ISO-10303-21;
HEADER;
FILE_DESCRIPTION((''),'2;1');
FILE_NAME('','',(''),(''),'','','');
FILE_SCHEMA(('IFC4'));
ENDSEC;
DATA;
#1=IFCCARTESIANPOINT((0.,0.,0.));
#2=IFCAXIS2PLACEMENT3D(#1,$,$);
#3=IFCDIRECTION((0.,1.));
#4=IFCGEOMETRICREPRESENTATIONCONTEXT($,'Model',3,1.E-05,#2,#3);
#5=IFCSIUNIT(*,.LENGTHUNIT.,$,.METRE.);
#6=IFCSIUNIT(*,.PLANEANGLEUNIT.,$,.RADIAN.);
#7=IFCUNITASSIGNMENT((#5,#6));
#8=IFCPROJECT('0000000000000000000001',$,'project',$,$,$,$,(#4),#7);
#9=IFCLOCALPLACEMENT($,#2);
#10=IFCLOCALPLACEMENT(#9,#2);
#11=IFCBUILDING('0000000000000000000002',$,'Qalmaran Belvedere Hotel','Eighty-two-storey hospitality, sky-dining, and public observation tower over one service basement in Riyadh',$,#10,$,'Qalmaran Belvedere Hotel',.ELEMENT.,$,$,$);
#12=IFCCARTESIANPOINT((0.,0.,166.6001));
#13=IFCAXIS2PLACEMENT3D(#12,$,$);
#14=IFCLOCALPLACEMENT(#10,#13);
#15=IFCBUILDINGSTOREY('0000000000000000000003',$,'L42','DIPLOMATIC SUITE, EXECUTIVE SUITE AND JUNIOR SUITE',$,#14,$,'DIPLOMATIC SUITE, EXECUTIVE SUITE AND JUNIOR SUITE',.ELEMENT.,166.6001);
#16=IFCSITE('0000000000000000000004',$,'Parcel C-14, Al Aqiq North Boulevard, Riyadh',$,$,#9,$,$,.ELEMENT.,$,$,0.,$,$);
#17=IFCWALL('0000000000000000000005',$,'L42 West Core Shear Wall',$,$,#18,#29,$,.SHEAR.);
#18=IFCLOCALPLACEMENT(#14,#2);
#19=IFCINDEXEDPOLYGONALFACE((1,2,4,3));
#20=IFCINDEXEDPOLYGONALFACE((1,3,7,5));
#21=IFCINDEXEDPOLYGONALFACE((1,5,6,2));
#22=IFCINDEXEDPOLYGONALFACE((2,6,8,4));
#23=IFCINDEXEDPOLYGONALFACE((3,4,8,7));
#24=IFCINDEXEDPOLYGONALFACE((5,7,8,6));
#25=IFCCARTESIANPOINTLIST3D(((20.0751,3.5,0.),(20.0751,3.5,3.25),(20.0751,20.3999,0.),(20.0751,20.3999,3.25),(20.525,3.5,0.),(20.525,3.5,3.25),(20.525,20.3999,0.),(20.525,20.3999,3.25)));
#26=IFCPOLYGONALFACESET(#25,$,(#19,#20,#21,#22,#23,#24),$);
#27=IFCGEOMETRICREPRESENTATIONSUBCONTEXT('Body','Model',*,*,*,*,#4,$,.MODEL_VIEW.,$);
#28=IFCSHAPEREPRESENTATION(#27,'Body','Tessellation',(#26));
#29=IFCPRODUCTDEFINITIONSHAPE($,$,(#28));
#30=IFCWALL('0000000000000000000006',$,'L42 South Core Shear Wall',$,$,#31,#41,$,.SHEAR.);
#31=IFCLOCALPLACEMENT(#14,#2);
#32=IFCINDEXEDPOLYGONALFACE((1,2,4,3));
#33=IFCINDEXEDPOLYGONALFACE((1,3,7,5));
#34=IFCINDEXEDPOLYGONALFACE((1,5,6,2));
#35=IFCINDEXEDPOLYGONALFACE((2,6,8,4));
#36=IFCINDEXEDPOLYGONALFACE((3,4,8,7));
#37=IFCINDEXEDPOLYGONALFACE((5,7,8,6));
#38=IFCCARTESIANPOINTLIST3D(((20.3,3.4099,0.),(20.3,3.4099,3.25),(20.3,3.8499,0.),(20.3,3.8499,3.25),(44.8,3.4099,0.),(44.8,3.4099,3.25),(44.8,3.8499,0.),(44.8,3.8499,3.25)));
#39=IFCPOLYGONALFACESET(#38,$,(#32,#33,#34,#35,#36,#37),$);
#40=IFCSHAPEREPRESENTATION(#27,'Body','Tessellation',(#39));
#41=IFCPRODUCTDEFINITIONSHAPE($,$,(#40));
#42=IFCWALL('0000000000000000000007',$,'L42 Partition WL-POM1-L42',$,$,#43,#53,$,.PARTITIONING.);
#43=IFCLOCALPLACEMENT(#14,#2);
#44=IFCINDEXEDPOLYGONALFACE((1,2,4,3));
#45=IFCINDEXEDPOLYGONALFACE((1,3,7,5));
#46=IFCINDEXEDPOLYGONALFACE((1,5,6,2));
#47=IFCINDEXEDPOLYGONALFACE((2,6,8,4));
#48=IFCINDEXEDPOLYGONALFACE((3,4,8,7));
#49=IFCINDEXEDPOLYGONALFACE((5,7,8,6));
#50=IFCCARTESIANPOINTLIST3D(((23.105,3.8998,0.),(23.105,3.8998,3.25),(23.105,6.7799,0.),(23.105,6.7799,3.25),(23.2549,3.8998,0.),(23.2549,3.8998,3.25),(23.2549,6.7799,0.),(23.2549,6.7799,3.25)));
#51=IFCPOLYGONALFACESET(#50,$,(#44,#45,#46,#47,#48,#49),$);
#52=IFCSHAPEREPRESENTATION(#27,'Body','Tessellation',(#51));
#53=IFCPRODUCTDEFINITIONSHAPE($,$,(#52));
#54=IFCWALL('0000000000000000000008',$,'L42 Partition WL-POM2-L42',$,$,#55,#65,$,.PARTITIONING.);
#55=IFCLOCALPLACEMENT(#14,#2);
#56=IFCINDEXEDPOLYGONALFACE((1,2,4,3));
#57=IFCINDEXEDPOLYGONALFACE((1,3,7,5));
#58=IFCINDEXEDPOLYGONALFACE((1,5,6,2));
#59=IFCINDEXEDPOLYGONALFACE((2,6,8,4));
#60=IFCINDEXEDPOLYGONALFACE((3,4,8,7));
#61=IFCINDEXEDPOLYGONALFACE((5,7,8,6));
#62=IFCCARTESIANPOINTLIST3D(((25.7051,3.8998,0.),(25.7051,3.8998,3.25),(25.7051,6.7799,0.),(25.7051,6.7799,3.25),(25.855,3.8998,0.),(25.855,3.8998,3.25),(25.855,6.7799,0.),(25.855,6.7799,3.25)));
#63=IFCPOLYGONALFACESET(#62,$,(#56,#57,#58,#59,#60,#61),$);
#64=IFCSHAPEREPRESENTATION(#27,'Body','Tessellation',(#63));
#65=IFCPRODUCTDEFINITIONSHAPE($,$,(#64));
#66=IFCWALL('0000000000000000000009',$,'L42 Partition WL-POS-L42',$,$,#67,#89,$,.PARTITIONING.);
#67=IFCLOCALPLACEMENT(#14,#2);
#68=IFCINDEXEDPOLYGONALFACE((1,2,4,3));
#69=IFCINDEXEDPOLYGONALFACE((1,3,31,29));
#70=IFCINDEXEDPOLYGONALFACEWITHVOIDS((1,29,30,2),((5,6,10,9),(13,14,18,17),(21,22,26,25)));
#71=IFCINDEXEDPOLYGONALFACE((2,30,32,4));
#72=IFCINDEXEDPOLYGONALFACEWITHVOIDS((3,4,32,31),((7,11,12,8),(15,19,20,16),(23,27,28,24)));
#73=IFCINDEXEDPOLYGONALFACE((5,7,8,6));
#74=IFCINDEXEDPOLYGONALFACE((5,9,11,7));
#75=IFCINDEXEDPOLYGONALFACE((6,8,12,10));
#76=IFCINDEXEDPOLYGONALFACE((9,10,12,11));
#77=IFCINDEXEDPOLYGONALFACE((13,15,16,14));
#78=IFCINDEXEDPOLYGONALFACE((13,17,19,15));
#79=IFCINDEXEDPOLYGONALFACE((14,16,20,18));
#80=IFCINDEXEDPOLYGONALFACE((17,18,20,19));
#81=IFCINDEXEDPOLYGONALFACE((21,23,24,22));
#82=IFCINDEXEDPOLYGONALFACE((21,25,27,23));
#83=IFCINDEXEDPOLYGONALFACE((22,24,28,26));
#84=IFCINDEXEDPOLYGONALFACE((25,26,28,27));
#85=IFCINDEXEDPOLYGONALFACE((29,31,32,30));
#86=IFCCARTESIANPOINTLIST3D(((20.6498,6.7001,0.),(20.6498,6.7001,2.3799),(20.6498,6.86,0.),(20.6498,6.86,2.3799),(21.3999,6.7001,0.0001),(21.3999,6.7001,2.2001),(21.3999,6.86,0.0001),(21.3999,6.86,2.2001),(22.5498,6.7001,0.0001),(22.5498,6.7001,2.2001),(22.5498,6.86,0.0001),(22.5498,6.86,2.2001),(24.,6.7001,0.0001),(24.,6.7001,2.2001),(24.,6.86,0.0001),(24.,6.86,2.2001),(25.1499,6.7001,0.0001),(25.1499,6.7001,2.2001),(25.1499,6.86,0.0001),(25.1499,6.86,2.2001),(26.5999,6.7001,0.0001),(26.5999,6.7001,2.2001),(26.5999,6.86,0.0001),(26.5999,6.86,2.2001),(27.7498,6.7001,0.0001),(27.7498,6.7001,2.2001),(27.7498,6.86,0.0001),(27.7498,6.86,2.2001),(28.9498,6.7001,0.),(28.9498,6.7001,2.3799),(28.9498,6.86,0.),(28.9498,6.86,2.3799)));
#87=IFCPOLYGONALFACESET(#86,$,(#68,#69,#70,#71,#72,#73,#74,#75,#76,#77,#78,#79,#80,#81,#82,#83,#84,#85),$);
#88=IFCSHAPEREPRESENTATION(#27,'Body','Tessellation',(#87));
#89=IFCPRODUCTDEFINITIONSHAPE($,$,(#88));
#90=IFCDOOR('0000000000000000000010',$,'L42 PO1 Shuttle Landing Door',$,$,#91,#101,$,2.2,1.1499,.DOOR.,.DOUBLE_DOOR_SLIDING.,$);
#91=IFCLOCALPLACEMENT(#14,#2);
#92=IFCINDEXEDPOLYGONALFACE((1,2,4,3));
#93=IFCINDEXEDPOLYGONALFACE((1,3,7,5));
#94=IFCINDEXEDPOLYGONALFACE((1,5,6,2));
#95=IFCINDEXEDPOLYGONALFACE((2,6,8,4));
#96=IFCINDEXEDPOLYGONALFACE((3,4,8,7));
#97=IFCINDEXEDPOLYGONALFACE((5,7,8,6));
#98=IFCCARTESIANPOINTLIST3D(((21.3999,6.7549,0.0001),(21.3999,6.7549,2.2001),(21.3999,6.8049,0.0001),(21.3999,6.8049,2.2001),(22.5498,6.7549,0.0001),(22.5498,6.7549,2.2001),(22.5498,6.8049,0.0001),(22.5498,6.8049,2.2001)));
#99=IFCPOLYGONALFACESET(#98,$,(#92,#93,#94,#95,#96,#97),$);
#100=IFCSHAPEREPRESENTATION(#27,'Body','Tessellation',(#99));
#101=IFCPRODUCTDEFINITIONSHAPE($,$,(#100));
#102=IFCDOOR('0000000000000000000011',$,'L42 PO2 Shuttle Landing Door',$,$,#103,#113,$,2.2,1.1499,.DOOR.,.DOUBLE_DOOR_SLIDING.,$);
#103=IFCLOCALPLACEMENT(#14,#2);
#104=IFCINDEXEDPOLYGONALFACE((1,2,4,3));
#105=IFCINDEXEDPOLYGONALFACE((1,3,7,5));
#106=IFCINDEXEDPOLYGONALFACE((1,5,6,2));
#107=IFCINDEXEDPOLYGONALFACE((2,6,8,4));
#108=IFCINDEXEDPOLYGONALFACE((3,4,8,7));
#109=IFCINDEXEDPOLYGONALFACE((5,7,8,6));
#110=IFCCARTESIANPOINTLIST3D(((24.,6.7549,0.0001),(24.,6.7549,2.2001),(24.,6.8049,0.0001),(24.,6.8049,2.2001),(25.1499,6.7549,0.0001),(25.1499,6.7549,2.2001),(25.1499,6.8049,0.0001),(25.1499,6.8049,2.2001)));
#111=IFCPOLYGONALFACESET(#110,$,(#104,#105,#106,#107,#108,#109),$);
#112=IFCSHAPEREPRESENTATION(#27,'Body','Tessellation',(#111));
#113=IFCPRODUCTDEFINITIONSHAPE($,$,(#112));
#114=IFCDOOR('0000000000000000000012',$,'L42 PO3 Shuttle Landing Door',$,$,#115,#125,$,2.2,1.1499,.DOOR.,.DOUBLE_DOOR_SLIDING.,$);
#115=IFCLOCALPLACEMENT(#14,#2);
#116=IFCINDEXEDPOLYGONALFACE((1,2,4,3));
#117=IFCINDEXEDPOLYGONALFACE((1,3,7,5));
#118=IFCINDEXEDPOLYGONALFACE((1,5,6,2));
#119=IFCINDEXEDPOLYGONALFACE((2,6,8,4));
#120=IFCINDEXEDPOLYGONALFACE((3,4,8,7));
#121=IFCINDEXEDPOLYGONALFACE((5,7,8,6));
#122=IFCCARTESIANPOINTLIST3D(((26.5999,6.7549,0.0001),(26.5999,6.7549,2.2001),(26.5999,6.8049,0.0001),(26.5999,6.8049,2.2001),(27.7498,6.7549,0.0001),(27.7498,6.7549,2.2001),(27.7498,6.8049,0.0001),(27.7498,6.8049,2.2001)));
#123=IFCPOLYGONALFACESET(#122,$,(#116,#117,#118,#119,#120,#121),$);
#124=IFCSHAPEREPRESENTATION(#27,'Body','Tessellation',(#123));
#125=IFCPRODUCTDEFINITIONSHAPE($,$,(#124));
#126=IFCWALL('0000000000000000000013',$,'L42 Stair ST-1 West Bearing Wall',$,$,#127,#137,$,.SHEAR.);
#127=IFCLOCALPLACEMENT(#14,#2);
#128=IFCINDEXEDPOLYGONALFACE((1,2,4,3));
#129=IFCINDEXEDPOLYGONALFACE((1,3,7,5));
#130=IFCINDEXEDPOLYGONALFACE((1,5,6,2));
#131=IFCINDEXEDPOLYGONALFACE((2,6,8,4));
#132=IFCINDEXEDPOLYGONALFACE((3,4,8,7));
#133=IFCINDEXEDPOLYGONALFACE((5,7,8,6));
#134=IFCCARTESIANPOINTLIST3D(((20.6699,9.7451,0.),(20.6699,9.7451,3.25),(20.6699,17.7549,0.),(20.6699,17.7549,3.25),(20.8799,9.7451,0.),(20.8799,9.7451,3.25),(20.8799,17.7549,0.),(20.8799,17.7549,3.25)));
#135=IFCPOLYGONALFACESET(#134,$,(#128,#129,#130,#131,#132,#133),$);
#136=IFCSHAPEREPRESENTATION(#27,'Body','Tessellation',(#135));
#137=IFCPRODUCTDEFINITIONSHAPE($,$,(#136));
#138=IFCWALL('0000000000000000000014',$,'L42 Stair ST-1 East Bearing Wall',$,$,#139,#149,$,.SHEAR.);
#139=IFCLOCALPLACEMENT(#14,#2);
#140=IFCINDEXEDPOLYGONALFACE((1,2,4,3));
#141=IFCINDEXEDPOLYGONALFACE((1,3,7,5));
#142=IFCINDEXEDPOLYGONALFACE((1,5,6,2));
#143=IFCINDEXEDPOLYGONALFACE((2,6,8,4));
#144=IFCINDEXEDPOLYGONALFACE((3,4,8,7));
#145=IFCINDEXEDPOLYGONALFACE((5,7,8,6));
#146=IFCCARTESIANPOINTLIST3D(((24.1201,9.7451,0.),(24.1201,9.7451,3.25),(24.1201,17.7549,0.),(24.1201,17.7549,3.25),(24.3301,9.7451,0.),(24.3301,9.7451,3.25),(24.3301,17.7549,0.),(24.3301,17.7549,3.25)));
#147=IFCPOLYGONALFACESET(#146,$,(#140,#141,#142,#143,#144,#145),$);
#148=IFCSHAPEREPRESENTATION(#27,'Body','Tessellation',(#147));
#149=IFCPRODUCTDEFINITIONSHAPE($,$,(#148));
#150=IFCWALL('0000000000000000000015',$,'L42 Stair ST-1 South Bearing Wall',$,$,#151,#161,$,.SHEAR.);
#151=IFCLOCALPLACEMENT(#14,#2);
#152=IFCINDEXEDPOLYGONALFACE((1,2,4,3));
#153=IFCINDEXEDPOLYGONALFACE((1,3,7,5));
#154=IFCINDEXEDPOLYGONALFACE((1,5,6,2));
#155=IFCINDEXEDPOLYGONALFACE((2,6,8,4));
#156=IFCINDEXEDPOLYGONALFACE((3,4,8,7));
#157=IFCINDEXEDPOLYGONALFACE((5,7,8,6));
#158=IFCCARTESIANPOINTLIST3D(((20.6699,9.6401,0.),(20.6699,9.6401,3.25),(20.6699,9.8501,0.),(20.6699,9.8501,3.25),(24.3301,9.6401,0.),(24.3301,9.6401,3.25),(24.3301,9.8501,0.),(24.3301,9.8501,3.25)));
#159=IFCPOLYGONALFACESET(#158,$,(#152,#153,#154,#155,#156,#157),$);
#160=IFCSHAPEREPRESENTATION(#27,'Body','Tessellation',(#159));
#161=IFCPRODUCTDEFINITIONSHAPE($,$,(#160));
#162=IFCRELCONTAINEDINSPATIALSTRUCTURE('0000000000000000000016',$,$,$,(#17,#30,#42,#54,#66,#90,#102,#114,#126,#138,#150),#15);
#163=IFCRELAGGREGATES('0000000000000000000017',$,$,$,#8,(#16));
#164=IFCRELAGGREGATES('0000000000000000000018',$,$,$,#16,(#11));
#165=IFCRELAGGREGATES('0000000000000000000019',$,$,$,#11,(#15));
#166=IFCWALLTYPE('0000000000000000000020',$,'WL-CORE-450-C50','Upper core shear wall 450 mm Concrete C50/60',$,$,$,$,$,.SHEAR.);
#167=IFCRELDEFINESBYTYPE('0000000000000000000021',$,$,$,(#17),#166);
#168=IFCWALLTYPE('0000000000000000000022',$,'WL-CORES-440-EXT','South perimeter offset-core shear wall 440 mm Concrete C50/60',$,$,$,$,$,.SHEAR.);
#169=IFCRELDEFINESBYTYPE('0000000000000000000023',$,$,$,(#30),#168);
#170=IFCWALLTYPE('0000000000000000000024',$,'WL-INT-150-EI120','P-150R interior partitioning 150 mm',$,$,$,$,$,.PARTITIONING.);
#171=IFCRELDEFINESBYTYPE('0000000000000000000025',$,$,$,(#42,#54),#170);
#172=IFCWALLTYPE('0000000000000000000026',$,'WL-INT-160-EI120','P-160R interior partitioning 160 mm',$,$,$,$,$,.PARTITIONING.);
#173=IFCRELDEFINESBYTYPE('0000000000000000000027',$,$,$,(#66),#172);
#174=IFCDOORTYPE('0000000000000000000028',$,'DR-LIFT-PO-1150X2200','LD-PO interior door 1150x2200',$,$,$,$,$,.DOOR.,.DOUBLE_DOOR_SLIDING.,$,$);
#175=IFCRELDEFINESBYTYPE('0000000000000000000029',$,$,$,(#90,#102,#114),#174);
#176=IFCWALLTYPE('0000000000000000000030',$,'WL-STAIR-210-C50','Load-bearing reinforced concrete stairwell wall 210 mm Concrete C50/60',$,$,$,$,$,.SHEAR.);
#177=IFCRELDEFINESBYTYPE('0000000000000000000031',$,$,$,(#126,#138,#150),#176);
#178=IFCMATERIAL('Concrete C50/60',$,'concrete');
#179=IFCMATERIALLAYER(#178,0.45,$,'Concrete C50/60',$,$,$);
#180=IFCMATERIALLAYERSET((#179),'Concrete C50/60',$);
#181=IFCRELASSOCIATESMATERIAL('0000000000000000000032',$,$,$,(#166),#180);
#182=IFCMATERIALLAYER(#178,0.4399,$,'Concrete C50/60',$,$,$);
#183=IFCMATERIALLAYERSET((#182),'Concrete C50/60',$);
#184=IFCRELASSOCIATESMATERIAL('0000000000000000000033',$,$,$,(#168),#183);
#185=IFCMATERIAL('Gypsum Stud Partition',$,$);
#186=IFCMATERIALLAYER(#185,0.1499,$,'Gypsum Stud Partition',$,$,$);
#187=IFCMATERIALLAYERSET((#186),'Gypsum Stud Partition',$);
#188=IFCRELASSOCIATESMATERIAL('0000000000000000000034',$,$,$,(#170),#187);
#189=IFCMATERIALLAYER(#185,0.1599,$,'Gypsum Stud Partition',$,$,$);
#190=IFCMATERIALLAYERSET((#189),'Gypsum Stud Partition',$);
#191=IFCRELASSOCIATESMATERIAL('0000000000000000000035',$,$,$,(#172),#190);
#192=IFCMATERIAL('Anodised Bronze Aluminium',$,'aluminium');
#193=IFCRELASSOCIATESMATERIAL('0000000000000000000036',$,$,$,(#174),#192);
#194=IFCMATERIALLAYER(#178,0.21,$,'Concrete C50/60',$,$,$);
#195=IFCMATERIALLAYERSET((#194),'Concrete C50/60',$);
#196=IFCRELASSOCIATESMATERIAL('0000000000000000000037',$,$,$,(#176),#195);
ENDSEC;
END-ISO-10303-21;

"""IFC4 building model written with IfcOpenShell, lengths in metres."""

from ifc_helpers import new_model, si_unit, direction, frame, frame_2d, origin, place, context, subcontext, project, spatial, rectangle, extrude, material, layer, layer_set, type_object, element, fill, save


model = new_model("IFC4")

# Units and contexts
model_context = context("Model", 3, precision=1e-05, world=origin(), true_north=direction((0.0, 1.0)))
body_context = subcontext(model_context, "Body", "Model", "MODEL_VIEW")
ifc_project = project(units=[si_unit("LENGTHUNIT", "METRE"), si_unit("PLANEANGLEUNIT", "RADIAN")], contexts=[model_context])

# Site, building, storey
site_placement = place(None, origin())
site = spatial("IfcSite", under=ifc_project, at=site_placement, Name="Parcel C-14, Al Aqiq North Boulevard, Riyadh", CompositionType="ELEMENT", RefElevation=0.0)
building_placement = place(site_placement, origin())
building = spatial("IfcBuilding", under=site, at=building_placement, Name="Qalmaran Belvedere Hotel", Description="Eighty-two-storey hospitality, sky-dining, and public observation tower over one service basement in Riyadh", LongName="Qalmaran Belvedere Hotel", CompositionType="ELEMENT")
storey_placement = place(building_placement, frame((0.0, 0.0, 166.6001)))
storey = spatial("IfcBuildingStorey", under=building, at=storey_placement, Name="L42", Description="DIPLOMATIC SUITE, EXECUTIVE SUITE AND JUNIOR SUITE", LongName="DIPLOMATIC SUITE, EXECUTIVE SUITE AND JUNIOR SUITE", CompositionType="ELEMENT", Elevation=166.6001)

# Shared definitions
ifc_material_1 = material(Name="Concrete C50/60", Category="concrete")

# Shared definitions
ifc_material_2 = material(Name="Anodised Bronze Aluminium", Category="aluminium")

# Walls
ifc_layer_1 = layer(ifc_material_1, 0.45, Name="Concrete C50/60")
ifc_layer_set_1 = layer_set([ifc_layer_1], Name="Concrete C50/60")
wall_type_1 = type_object("IfcWallType", Name="WL-CORE-450-C50", Description="Upper core shear wall 450 mm Concrete C50/60", PredefinedType="SHEAR", material=ifc_layer_set_1)
wall_1_placement = place(storey_placement, frame((20.3, 3.5, 0.0), z_axis=(0.0, 0.0, 1.0), x_axis=(0.0, 1.0, 0.0)))
element("IfcWall", 1, at=wall_1_placement, inside=storey, type_object=wall_type_1, Name="L42 West Core Shear Wall", PredefinedType="SHEAR", context=body_context, shape_type="SweptSolid", body=[
    extrude(rectangle(XDim=16.8999, YDim=0.45, at=frame_2d((8.45, 0.0))), origin(), (0.0, 0.0, 1.0), 3.25),
])
ifc_layer_2 = layer(ifc_material_1, 0.4399, Name="Concrete C50/60")
ifc_layer_set_2 = layer_set([ifc_layer_2], Name="Concrete C50/60")
wall_type_2 = type_object("IfcWallType", Name="WL-CORES-440-EXT", Description="South perimeter offset-core shear wall 440 mm Concrete C50/60", PredefinedType="SHEAR", material=ifc_layer_set_2)
wall_2_placement = place(storey_placement, frame((20.3, 3.6299, 0.0), z_axis=(0.0, 0.0, 1.0), x_axis=(1.0, 0.0, 0.0)))
element("IfcWall", 2, at=wall_2_placement, inside=storey, type_object=wall_type_2, Name="L42 South Core Shear Wall", PredefinedType="SHEAR", context=body_context, shape_type="SweptSolid", body=[
    extrude(rectangle(XDim=24.5, YDim=0.4399, at=frame_2d((12.25, 0.0))), origin(), (0.0, 0.0, 1.0), 3.25),
])
ifc_material_3 = material(Name="Gypsum Stud Partition")
ifc_layer_3 = layer(ifc_material_3, 0.1499, Name="Gypsum Stud Partition")
ifc_layer_set_3 = layer_set([ifc_layer_3], Name="Gypsum Stud Partition")
wall_type_3 = type_object("IfcWallType", Name="WL-INT-150-EI120", Description="P-150R interior partitioning 150 mm", PredefinedType="PARTITIONING", material=ifc_layer_set_3)
for number, where, z_axis, x_axis, name in (
    (3, (23.1799, 3.8999, 0.0), (0.0, 0.0, 1.0), (0.0, 1.0, 0.0), "L42 Partition WL-POM1-L42"),
    (4, (25.78, 3.8999, 0.0), (0.0, 0.0, 1.0), (0.0, 1.0, 0.0), "L42 Partition WL-POM2-L42"),
):
    element("IfcWall", number, at=place(storey_placement, frame(where, z_axis=z_axis, x_axis=x_axis)), inside=storey, type_object=wall_type_3, Name=name, PredefinedType="PARTITIONING", context=body_context, shape_type="SweptSolid", body=[
        extrude(rectangle(XDim=2.8801, YDim=0.1499, at=frame_2d((1.4399, 0.0))), origin(), (0.0, 0.0, 1.0), 3.25),
    ])

# Wall, openings, doors
ifc_layer_4 = layer(ifc_material_3, 0.1599, Name="Gypsum Stud Partition")
ifc_layer_set_4 = layer_set([ifc_layer_4], Name="Gypsum Stud Partition")
wall_type_4 = type_object("IfcWallType", Name="WL-INT-160-EI120", Description="P-160R interior partitioning 160 mm", PredefinedType="PARTITIONING", material=ifc_layer_set_4)
wall_3_placement = place(storey_placement, frame((20.6499, 6.78, 0.0), z_axis=(0.0, 0.0, 1.0), x_axis=(1.0, 0.0, 0.0)))
wall_3 = element("IfcWall", 5, at=wall_3_placement, inside=storey, type_object=wall_type_4, Name="L42 Partition WL-POS-L42", PredefinedType="PARTITIONING", context=body_context, shape_type="SweptSolid", body=[
    extrude(rectangle(XDim=8.3, YDim=0.1599, at=frame_2d((4.1499, 0.0))), origin(), (0.0, 0.0, 1.0), 2.3799),
])
opening_1_placement = place(wall_3_placement, frame((0.75, 0.0, 0.0)))
opening_1 = element("IfcOpeningElement", 6, at=opening_1_placement, cuts=wall_3, PredefinedType="OPENING", context=body_context, shape_type="SweptSolid", body=[
    extrude(rectangle(XDim=1.1499, YDim=2.2, at=frame_2d((0.575, 1.1001))), frame((0.0, 0.0898, 0.0), z_axis=(0.0, -1.0, 0.0), x_axis=(1.0, 0.0, 0.0)), (0.0, 0.0, 1.0), 0.1799),
])
opening_2_placement = place(wall_3_placement, frame((3.3501, 0.0, 0.0)))
opening_2 = element("IfcOpeningElement", 7, at=opening_2_placement, cuts=wall_3, PredefinedType="OPENING", context=body_context, shape_type="SweptSolid", body=[
    extrude(rectangle(XDim=1.1499, YDim=2.2, at=frame_2d((0.575, 1.1001))), frame((0.0, 0.0898, 0.0), z_axis=(0.0, -1.0, 0.0), x_axis=(1.0, 0.0, 0.0)), (0.0, 0.0, 1.0), 0.1799),
])
opening_3_placement = place(wall_3_placement, frame((5.95, 0.0, 0.0)))
opening_3 = element("IfcOpeningElement", 8, at=opening_3_placement, cuts=wall_3, PredefinedType="OPENING", context=body_context, shape_type="SweptSolid", body=[
    extrude(rectangle(XDim=1.1499, YDim=2.2, at=frame_2d((0.575, 1.1001))), frame((0.0, 0.0898, 0.0), z_axis=(0.0, -1.0, 0.0), x_axis=(1.0, 0.0, 0.0)), (0.0, 0.0, 1.0), 0.1799),
])
door_type_1 = type_object("IfcDoorType", Name="DR-LIFT-PO-1150X2200", Description="LD-PO interior door 1150x2200", OperationType="DOUBLE_DOOR_SLIDING", PredefinedType="DOOR", material=ifc_material_2)
door_1_placement = place(opening_1_placement, origin())
door_1 = element("IfcDoor", 9, at=door_1_placement, inside=storey, type_object=door_type_1, Name="L42 PO1 Shuttle Landing Door", OperationType="DOUBLE_DOOR_SLIDING", OverallHeight=2.2, OverallWidth=1.1499, PredefinedType="DOOR", context=body_context, shape_type="SweptSolid", body=[
    extrude(rectangle(XDim=1.1499, YDim=2.2, at=frame_2d((0.575, 1.1001))), frame((0.0, 0.0249, 0.0), z_axis=(0.0, -1.0, 0.0), x_axis=(1.0, 0.0, 0.0)), (0.0, 0.0, 1.0), 0.05),
])
fill(opening_1, door_1)
door_2_placement = place(opening_2_placement, origin())
door_2 = element("IfcDoor", 10, at=door_2_placement, inside=storey, type_object=door_type_1, Name="L42 PO2 Shuttle Landing Door", OperationType="DOUBLE_DOOR_SLIDING", OverallHeight=2.2, OverallWidth=1.1499, PredefinedType="DOOR", context=body_context, shape_type="SweptSolid", body=[
    extrude(rectangle(XDim=1.1499, YDim=2.2, at=frame_2d((0.575, 1.1001))), frame((0.0, 0.0249, 0.0), z_axis=(0.0, -1.0, 0.0), x_axis=(1.0, 0.0, 0.0)), (0.0, 0.0, 1.0), 0.05),
])
fill(opening_2, door_2)
door_3_placement = place(opening_3_placement, origin())
door_3 = element("IfcDoor", 11, at=door_3_placement, inside=storey, type_object=door_type_1, Name="L42 PO3 Shuttle Landing Door", OperationType="DOUBLE_DOOR_SLIDING", OverallHeight=2.2, OverallWidth=1.1499, PredefinedType="DOOR", context=body_context, shape_type="SweptSolid", body=[
    extrude(rectangle(XDim=1.1499, YDim=2.2, at=frame_2d((0.575, 1.1001))), frame((0.0, 0.0249, 0.0), z_axis=(0.0, -1.0, 0.0), x_axis=(1.0, 0.0, 0.0)), (0.0, 0.0, 1.0), 0.05),
])
fill(opening_3, door_3)

# Walls
ifc_layer_5 = layer(ifc_material_1, 0.21, Name="Concrete C50/60")
ifc_layer_set_5 = layer_set([ifc_layer_5], Name="Concrete C50/60")
wall_type_5 = type_object("IfcWallType", Name="WL-STAIR-210-C50", Description="Load-bearing reinforced concrete stairwell wall 210 mm Concrete C50/60", PredefinedType="SHEAR", material=ifc_layer_set_5)
for number, where, z_axis, x_axis, name in (
    (12, (20.7749, 9.7451, 0.0), (0.0, 0.0, 1.0), (0.0, 1.0, 0.0), "L42 Stair ST-1 West Bearing Wall"),
    (13, (24.2251, 9.7451, 0.0), (0.0, 0.0, 1.0), (0.0, 1.0, 0.0), "L42 Stair ST-1 East Bearing Wall"),
):
    element("IfcWall", number, at=place(storey_placement, frame(where, z_axis=z_axis, x_axis=x_axis)), inside=storey, type_object=wall_type_5, Name=name, PredefinedType="SHEAR", context=body_context, shape_type="SweptSolid", body=[
        extrude(rectangle(XDim=8.0098, YDim=0.21, at=frame_2d((4.0049, 0.0))), origin(), (0.0, 0.0, 1.0), 3.25),
    ])
wall_4_placement = place(storey_placement, frame((20.6699, 9.7451, 0.0), z_axis=(0.0, 0.0, 1.0), x_axis=(1.0, 0.0, 0.0)))
element("IfcWall", 14, at=wall_4_placement, inside=storey, type_object=wall_type_5, Name="L42 Stair ST-1 South Bearing Wall", PredefinedType="SHEAR", context=body_context, shape_type="SweptSolid", body=[
    extrude(rectangle(XDim=3.6602, YDim=0.21, at=frame_2d((1.8301, 0.0))), origin(), (0.0, 0.0, 1.0), 3.25),
])

save(model, "model.ifc")
